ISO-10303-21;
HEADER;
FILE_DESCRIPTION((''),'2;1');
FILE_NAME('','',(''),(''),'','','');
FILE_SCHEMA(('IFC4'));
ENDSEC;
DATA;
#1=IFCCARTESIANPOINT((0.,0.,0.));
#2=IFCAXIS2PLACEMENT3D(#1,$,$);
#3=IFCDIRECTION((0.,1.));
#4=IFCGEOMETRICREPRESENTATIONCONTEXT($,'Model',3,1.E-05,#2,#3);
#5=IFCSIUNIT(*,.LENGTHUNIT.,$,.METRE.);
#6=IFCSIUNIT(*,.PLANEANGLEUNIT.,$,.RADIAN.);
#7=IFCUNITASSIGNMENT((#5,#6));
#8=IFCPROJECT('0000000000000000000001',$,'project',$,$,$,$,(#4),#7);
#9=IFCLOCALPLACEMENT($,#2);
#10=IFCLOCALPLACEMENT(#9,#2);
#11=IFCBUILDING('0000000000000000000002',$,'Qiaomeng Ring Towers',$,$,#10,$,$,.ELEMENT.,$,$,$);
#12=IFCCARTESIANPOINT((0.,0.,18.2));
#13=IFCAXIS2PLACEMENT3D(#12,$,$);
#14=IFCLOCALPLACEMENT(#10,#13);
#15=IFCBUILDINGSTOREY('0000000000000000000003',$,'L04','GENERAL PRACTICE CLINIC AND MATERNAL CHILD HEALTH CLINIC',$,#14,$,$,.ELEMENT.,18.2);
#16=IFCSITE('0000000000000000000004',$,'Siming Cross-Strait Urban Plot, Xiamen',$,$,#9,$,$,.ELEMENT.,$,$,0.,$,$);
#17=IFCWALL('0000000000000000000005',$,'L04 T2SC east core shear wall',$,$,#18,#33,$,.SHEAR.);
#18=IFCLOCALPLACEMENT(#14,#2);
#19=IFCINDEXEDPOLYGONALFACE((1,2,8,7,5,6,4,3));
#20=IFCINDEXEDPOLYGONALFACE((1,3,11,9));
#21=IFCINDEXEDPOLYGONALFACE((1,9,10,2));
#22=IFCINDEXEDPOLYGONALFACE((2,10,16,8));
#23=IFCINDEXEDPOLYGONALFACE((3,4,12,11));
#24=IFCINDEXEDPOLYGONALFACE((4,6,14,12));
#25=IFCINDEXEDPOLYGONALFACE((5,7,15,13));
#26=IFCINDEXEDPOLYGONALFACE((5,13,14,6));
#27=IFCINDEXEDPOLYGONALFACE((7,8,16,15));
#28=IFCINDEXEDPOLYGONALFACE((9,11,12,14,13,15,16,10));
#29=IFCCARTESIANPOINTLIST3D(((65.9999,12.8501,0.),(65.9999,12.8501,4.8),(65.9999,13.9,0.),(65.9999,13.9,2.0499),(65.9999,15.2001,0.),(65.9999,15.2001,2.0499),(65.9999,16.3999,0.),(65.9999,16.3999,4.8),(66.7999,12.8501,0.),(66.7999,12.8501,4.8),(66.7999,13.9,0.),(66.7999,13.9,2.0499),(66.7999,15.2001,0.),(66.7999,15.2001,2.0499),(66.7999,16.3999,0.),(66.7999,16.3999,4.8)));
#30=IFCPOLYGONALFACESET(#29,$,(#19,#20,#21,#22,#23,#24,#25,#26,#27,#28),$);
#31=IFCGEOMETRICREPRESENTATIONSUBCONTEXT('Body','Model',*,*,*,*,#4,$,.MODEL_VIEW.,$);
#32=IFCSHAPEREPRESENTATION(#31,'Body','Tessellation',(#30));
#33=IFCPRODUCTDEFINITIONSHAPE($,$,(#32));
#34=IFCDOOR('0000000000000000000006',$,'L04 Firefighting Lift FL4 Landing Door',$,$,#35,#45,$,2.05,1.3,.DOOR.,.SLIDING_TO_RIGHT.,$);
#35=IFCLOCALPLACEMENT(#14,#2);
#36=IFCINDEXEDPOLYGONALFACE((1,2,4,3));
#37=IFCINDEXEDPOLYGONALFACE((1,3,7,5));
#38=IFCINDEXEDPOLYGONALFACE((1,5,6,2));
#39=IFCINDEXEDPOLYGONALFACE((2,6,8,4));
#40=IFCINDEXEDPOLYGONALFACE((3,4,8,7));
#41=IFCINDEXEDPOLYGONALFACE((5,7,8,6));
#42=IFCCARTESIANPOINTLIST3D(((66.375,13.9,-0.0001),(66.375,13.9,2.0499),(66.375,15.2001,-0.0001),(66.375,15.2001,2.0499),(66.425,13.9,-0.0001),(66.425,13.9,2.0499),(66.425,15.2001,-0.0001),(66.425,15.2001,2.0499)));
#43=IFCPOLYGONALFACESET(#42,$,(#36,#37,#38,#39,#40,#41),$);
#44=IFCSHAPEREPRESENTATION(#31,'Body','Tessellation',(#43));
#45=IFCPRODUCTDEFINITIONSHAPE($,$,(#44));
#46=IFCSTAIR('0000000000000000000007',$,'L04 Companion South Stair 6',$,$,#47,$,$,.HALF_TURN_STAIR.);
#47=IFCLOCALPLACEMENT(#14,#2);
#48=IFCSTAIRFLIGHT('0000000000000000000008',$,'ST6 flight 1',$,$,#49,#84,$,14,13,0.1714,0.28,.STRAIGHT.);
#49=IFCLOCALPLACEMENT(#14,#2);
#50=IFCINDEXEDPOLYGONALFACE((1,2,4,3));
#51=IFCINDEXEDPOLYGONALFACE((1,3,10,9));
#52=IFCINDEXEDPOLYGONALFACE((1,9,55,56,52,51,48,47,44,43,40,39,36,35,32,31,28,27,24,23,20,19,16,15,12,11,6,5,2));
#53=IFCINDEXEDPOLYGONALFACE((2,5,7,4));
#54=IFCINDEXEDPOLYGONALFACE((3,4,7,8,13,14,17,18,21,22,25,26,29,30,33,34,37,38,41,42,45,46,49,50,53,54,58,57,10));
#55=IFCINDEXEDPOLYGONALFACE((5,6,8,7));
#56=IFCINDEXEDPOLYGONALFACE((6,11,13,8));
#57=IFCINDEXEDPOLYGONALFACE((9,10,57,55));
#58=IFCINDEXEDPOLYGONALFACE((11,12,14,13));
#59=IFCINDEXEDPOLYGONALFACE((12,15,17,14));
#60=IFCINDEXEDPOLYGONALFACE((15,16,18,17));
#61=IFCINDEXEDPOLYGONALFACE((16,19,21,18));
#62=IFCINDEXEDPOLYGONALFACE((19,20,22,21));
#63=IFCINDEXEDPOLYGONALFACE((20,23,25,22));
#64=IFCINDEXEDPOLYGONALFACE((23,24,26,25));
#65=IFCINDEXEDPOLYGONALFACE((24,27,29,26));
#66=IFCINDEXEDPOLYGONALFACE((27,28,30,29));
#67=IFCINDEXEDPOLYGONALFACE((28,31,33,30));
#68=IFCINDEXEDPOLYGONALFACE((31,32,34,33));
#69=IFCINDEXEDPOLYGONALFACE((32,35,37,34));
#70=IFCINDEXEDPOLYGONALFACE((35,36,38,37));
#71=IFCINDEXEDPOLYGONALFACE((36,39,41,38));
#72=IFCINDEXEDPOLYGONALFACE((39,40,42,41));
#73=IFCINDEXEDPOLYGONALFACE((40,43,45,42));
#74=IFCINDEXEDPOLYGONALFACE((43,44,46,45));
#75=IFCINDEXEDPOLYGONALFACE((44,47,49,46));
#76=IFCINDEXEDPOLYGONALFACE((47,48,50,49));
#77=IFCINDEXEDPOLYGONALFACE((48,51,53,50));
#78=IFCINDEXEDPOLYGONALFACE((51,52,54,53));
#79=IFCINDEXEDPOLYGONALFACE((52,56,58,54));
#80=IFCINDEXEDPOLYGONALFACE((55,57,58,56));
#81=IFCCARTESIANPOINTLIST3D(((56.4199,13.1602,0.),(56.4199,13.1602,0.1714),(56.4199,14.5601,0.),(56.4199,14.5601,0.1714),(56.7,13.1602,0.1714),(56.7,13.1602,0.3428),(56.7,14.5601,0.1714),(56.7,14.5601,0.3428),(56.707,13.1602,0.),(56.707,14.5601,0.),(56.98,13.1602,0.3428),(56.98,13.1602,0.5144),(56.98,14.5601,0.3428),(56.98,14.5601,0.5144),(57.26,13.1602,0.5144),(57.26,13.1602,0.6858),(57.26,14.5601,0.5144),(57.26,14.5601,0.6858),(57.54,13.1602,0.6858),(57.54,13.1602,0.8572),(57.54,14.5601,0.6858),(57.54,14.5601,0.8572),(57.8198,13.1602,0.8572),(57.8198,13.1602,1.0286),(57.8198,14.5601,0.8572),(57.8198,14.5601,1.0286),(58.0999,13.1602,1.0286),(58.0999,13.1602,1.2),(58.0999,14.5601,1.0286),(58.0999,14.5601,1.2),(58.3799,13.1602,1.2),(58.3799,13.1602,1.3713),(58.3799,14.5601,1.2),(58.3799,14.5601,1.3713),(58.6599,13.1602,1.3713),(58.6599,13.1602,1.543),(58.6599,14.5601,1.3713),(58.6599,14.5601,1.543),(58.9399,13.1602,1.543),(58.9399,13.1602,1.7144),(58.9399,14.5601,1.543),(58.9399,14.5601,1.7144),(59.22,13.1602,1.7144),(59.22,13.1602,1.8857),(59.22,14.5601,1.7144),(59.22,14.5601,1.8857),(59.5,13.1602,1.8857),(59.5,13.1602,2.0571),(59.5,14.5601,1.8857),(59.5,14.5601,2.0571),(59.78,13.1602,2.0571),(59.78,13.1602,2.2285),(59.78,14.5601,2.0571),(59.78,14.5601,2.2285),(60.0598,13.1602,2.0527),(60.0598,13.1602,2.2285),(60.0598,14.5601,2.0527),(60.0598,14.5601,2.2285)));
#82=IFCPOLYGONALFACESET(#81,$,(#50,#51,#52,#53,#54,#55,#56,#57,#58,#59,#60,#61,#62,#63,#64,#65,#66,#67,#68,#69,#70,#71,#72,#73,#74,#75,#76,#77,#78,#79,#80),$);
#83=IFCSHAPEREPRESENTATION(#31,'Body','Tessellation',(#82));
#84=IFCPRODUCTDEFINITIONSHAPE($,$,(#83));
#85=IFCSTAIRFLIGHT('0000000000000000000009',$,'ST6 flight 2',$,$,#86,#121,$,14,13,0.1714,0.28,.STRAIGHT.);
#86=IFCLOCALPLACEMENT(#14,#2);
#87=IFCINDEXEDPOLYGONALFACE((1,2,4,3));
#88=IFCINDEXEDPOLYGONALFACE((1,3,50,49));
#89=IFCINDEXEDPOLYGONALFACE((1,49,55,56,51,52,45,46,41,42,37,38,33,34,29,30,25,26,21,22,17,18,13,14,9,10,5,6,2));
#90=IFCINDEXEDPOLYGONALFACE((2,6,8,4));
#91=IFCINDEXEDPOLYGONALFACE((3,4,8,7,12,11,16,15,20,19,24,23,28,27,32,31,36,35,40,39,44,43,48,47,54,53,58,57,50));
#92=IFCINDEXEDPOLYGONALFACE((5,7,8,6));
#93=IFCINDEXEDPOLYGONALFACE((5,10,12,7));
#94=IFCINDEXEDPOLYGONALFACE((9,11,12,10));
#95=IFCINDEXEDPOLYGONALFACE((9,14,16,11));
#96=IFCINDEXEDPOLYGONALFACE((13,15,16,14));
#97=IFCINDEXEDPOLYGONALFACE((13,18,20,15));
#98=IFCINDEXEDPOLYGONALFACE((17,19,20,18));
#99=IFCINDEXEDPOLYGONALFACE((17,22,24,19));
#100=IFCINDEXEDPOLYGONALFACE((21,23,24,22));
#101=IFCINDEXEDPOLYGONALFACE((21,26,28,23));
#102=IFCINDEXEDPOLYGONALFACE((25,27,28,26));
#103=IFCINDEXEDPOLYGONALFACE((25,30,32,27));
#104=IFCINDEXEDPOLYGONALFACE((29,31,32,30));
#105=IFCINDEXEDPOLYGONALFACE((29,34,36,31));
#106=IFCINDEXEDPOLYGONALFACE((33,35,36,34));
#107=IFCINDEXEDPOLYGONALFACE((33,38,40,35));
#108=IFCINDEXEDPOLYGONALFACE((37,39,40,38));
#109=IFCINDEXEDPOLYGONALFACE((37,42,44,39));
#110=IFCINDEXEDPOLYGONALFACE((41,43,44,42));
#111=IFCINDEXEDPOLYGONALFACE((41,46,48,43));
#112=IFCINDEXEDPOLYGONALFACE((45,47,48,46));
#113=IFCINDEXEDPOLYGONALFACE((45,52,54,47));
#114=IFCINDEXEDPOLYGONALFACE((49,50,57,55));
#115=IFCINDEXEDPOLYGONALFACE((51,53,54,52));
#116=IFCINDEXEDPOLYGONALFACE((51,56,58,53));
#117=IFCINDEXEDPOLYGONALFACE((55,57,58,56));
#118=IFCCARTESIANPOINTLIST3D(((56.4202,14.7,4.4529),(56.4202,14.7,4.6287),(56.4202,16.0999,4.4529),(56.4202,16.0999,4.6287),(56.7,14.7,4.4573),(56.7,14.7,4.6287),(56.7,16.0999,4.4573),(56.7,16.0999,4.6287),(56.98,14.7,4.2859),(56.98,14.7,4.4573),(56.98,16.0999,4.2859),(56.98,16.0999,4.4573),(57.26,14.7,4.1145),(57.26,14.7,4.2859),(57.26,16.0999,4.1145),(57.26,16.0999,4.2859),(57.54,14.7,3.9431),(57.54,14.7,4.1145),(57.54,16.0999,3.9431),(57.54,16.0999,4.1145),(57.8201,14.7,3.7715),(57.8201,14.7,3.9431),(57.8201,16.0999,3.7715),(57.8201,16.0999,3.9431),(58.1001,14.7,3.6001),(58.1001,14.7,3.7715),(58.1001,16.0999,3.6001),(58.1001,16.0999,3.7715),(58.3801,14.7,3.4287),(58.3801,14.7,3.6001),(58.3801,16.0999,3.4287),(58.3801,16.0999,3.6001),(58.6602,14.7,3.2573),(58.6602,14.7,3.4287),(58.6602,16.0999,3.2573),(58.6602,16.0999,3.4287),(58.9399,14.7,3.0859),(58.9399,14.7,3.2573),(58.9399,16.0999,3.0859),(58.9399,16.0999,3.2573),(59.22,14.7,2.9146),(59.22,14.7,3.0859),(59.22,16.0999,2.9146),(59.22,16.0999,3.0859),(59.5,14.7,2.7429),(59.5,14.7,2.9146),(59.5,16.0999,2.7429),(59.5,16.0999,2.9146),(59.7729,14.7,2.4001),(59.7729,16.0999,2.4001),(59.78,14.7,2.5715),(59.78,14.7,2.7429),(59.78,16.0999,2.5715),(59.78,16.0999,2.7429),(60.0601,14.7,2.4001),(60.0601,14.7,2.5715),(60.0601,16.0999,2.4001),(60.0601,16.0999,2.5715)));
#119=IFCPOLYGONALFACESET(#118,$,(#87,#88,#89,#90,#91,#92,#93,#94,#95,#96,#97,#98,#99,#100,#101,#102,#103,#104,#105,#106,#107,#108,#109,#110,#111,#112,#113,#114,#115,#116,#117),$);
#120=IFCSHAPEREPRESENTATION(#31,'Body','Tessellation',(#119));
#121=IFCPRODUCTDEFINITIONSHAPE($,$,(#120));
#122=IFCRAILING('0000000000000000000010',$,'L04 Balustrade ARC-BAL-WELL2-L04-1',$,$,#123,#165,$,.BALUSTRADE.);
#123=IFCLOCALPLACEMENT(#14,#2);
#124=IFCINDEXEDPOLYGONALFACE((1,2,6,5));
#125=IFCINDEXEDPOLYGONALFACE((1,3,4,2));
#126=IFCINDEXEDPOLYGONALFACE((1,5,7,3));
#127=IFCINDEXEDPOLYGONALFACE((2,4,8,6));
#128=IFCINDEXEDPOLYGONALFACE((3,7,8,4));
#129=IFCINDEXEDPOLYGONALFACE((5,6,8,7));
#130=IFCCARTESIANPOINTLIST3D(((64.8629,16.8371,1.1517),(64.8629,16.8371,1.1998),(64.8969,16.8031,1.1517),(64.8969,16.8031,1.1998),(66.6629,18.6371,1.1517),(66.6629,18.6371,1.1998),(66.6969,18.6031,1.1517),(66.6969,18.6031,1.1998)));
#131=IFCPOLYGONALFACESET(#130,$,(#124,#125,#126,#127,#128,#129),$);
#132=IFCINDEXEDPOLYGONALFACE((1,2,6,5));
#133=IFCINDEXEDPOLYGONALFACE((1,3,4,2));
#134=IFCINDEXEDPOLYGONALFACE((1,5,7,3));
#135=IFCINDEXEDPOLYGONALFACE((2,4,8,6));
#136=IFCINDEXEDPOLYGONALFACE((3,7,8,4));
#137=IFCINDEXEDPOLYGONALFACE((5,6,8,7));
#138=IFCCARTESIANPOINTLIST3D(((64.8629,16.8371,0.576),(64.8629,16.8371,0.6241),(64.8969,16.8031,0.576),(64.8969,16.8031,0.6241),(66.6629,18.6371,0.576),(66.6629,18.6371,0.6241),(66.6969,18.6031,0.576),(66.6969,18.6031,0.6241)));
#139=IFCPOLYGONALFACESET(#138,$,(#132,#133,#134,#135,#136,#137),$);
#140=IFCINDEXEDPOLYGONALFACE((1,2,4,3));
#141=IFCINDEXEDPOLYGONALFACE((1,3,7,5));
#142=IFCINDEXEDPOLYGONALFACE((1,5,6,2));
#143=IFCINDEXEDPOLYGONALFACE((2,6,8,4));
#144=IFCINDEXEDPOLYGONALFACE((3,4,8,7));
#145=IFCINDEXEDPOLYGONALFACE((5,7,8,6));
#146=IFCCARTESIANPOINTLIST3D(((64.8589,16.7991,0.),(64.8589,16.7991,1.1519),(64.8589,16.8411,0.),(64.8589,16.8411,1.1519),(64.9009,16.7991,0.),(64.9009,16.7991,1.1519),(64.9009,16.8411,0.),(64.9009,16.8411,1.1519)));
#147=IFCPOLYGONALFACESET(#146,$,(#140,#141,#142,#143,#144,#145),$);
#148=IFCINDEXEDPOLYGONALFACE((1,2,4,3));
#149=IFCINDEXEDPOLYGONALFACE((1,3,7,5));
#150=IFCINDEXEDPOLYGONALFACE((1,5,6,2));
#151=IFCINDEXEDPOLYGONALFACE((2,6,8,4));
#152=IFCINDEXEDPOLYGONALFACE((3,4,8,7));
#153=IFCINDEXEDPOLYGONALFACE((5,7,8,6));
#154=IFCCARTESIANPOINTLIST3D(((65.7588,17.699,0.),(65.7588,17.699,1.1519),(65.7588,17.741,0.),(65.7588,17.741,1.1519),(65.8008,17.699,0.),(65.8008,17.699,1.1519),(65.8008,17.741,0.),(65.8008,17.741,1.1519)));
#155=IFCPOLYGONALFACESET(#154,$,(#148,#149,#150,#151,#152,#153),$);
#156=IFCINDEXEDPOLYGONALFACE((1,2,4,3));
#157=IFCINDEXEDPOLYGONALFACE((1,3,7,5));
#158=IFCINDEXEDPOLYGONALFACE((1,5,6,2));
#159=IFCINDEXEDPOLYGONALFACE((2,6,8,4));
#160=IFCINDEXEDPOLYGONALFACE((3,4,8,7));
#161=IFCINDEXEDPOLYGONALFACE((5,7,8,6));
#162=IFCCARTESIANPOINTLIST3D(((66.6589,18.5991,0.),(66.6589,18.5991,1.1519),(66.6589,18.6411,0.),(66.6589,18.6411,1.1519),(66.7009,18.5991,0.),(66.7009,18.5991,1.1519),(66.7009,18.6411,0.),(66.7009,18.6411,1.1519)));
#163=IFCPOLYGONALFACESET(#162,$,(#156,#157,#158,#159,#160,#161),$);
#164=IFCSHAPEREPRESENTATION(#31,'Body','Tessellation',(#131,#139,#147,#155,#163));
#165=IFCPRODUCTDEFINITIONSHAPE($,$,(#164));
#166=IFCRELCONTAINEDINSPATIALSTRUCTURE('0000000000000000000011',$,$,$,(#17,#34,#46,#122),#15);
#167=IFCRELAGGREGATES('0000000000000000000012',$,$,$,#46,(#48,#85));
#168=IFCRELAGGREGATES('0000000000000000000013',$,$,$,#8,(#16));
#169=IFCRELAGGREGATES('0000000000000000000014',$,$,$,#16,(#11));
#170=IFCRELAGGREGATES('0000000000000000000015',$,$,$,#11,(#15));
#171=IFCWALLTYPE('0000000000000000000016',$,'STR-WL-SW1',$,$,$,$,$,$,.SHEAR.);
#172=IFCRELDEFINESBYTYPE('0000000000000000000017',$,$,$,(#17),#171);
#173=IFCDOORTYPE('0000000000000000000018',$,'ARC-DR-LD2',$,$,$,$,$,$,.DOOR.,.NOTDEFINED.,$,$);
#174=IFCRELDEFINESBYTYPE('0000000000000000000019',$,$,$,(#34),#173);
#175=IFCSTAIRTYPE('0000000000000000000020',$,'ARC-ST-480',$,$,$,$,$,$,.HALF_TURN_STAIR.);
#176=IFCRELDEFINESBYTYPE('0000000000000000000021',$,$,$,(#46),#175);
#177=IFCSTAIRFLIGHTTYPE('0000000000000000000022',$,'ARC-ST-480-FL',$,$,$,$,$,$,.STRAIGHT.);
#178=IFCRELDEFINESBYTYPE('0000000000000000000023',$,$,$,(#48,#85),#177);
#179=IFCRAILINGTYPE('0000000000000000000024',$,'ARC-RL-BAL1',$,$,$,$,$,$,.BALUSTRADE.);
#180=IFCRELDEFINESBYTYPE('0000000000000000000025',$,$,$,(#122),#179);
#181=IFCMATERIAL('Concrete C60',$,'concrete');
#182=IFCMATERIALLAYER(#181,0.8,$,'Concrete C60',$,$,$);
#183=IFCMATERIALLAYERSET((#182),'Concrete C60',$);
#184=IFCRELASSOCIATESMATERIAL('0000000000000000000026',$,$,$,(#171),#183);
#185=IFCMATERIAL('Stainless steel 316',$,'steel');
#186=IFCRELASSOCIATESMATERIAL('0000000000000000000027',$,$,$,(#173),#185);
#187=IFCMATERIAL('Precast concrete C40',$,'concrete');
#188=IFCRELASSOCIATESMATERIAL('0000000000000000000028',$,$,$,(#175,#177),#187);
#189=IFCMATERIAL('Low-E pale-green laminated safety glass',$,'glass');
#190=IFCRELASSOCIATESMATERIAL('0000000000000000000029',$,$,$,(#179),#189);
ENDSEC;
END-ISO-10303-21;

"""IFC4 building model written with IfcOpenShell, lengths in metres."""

from ifc_helpers import new_model, si_unit, direction, frame, frame_2d, origin, origin_2d, place, context, subcontext, project, spatial, polyline, rectangle, outline, extrude, source, transform, mapped, material, layer, layer_set, type_object, element, fill, aggregate, save


model = new_model("IFC4")

# Units and contexts
model_context = context("Model", 3, precision=1e-05, world=origin(), true_north=direction((0.0, 1.0)))
body_context = subcontext(model_context, "Body", "Model", "MODEL_VIEW")
ifc_project = project(units=[si_unit("LENGTHUNIT", "METRE"), si_unit("PLANEANGLEUNIT", "RADIAN")], contexts=[model_context])

# Site, building, storey
site_placement = place(None, origin())
site = spatial("IfcSite", under=ifc_project, at=site_placement, Name="Siming Cross-Strait Urban Plot, Xiamen", CompositionType="ELEMENT", RefElevation=0.0)
building_placement = place(site_placement, origin())
building = spatial("IfcBuilding", under=site, at=building_placement, Name="Qiaomeng Ring Towers", CompositionType="ELEMENT")
storey_placement = place(building_placement, frame((0.0, 0.0, 18.2)))
storey = spatial("IfcBuildingStorey", under=building, at=storey_placement, Name="L04", Description="GENERAL PRACTICE CLINIC AND MATERNAL CHILD HEALTH CLINIC", CompositionType="ELEMENT", Elevation=18.2)

# Wall, opening, door
ifc_material_1 = material(Name="Concrete C60", Category="concrete")
ifc_layer_1 = layer(ifc_material_1, 0.8, Name="Concrete C60")
ifc_layer_set_1 = layer_set([ifc_layer_1], Name="Concrete C60")
wall_type_1 = type_object("IfcWallType", Name="STR-WL-SW1", PredefinedType="SHEAR", material=ifc_layer_set_1)
wall_1_placement = place(storey_placement, frame((66.3999, 12.8501, 0.0), z_axis=(0.0, 0.0, 1.0), x_axis=(0.0, 1.0, 0.0)))
wall_1 = element("IfcWall", 1, at=wall_1_placement, inside=storey, type_object=wall_type_1, Name="L04 T2SC east core shear wall", PredefinedType="SHEAR", context=body_context, shape_type="SweptSolid", body=[
    extrude(rectangle(XDim=3.5498, YDim=0.8, at=frame_2d((1.7749, 0.0))), origin(), (0.0, 0.0, 1.0), 4.8),
])
opening_1_placement = place(wall_1_placement, frame((1.05, 0.0, 0.0)))
opening_1 = element("IfcOpeningElement", 2, at=opening_1_placement, cuts=wall_1, PredefinedType="OPENING", context=body_context, shape_type="SweptSolid", body=[
    extrude(rectangle(XDim=1.3, YDim=2.05, at=frame_2d((0.6499, 1.0249))), frame((0.0, 0.4099, 0.0), z_axis=(0.0, -1.0, 0.0), x_axis=(1.0, 0.0, 0.0)), (0.0, 0.0, 1.0), 0.8201),
])
ifc_material_2 = material(Name="Stainless steel 316", Category="steel")
door_type_1 = type_object("IfcDoorType", Name="ARC-DR-LD2", OperationType="NOTDEFINED", PredefinedType="DOOR", material=ifc_material_2)
shared_shape_1 = source(origin(), body_context, "Body", "SweptSolid", [
    extrude(rectangle(XDim=1.3, YDim=2.05, at=frame_2d((0.6499, 1.0249))), frame((0.0, 0.0249, 0.0), z_axis=(0.0, -1.0, 0.0), x_axis=(1.0, 0.0, 0.0)), (0.0, 0.0, 1.0), 0.05),
])
door_1_placement = place(opening_1_placement, origin())
door_1 = element("IfcDoor", 3, at=door_1_placement, inside=storey, type_object=door_type_1, Name="L04 Firefighting Lift FL4 Landing Door", OperationType="SLIDING_TO_RIGHT", OverallHeight=2.05, OverallWidth=1.3, PredefinedType="DOOR", context=body_context, shape_type="MappedRepresentation", body=[
    mapped(shared_shape_1, transform((0.0, 0.0, 0.0), x_axis=(1.0, 0.0, 0.0), y_axis=(0.0, 1.0, 0.0), z_axis=(0.0, 0.0, 1.0), scale=1.0)),
])
fill(opening_1, door_1)

# Stair, stair flights
ifc_material_3 = material(Name="Precast concrete C40", Category="concrete")
stair_type = type_object("IfcStairType", Name="ARC-ST-480", PredefinedType="HALF_TURN_STAIR", material=ifc_material_3)
stair_placement = place(storey_placement, origin())
stair = element("IfcStair", 4, at=stair_placement, inside=storey, type_object=stair_type, Name="L04 Companion South Stair 6", PredefinedType="HALF_TURN_STAIR")
stair_flight_type = type_object("IfcStairFlightType", Name="ARC-ST-480-FL", PredefinedType="STRAIGHT", material=ifc_material_3)
shared_shape_2 = source(origin(), body_context, "Body", "SweptSolid", [
    extrude(outline(polyline([(0.0, 0.0), (0.0, 0.1714), (0.28, 0.1714), (0.28, 0.3428), (0.5601, 0.3428), (0.5601, 0.5144), (0.8401, 0.5144), (0.8401, 0.6858), (1.1201, 0.6858), (1.1201, 0.8572), (1.3999, 0.8572), (1.3999, 1.0286), (1.6799, 1.0286), (1.6799, 1.2), (1.96, 1.2), (1.96, 1.3713), (2.24, 1.3713), (2.24, 1.543), (2.52, 1.543), (2.52, 1.7144), (2.8, 1.7144), (2.8, 1.8857), (3.0801, 1.8857), (3.0801, 2.0571), (3.3601, 2.0571), (3.3601, 2.2285), (3.6399, 2.2285), (3.6399, 2.3999), (3.6399, 2.0527), (0.2871, 0.0), (0.0, 0.0)])), frame((0.0, 0.7, 0.0), z_axis=(0.0, -1.0, 0.0), x_axis=(1.0, 0.0, 0.0)), (0.0, 0.0, 1.0), 1.3999),
])
stair_flight_1_placement = place(storey_placement, frame((56.4199, 13.8601, 0.0), z_axis=(0.0, 0.0, 1.0), x_axis=(1.0, 0.0, 0.0)))
stair_flight_1 = element("IfcStairFlight", 5, at=stair_flight_1_placement, type_object=stair_flight_type, Name="ST6 flight 1", NumberOfRisers=14, NumberOfTreads=13, PredefinedType="STRAIGHT", RiserHeight=0.1714, TreadLength=0.28, context=body_context, shape_type="MappedRepresentation", body=[
    mapped(shared_shape_2, transform((0.0, 0.0, 0.0), x_axis=(1.0, 0.0, 0.0), y_axis=(0.0, 1.0, 0.0), z_axis=(0.0, 0.0, 1.0), scale=1.0)),
])
stair_flight_2_placement = place(storey_placement, frame((60.0601, 15.3999, 2.4001), z_axis=(0.0, 0.0, 1.0), x_axis=(-1.0, 0.0, 0.0)))
stair_flight_2 = element("IfcStairFlight", 6, at=stair_flight_2_placement, type_object=stair_flight_type, Name="ST6 flight 2", NumberOfRisers=14, NumberOfTreads=13, PredefinedType="STRAIGHT", RiserHeight=0.1714, TreadLength=0.28, context=body_context, shape_type="MappedRepresentation", body=[
    mapped(shared_shape_2, transform((0.0, 0.0, 0.0), x_axis=(1.0, 0.0, 0.0), y_axis=(0.0, 1.0, 0.0), z_axis=(0.0, 0.0, 1.0), scale=1.0)),
])
aggregate(stair, [stair_flight_1, stair_flight_2])

# Railing
ifc_material_4 = material(Name="Low-E pale-green laminated safety glass", Category="glass")
railing_type_1 = type_object("IfcRailingType", Name="ARC-RL-BAL1", PredefinedType="BALUSTRADE", material=ifc_material_4)
railing_1_placement = place(storey_placement, frame((64.8799, 16.8201, 0.0)))
element("IfcRailing", 7, at=railing_1_placement, inside=storey, type_object=railing_type_1, Name="L04 Balustrade ARC-BAL-WELL2-L04-1", PredefinedType="BALUSTRADE", context=body_context, shape_type="SweptSolid", body=[
    extrude(rectangle(XDim=0.0481, YDim=0.0481, at=origin_2d()), frame((0.0, 0.0, 1.1758), z_axis=(0.707107, 0.707107, 0.0), x_axis=(-0.707107, 0.707107, 0.0)), (0.0, 0.0, 1.0), 2.5457),
    extrude(rectangle(XDim=0.0481, YDim=0.0481, at=origin_2d()), frame((0.0, 0.0, 0.6001), z_axis=(0.707107, 0.707107, 0.0), x_axis=(-0.707107, 0.707107, 0.0)), (0.0, 0.0, 1.0), 2.5457),
    extrude(rectangle(XDim=0.042, YDim=0.042, at=origin_2d()), origin(), (0.0, 0.0, 1.0), 1.1519),
    extrude(rectangle(XDim=0.042, YDim=0.042, at=origin_2d()), frame((0.8999, 0.8999, 0.0)), (0.0, 0.0, 1.0), 1.1519),
    extrude(rectangle(XDim=0.042, YDim=0.042, at=origin_2d()), frame((1.8, 1.8, 0.0)), (0.0, 0.0, 1.0), 1.1519),
])

save(model, "model.ifc")
